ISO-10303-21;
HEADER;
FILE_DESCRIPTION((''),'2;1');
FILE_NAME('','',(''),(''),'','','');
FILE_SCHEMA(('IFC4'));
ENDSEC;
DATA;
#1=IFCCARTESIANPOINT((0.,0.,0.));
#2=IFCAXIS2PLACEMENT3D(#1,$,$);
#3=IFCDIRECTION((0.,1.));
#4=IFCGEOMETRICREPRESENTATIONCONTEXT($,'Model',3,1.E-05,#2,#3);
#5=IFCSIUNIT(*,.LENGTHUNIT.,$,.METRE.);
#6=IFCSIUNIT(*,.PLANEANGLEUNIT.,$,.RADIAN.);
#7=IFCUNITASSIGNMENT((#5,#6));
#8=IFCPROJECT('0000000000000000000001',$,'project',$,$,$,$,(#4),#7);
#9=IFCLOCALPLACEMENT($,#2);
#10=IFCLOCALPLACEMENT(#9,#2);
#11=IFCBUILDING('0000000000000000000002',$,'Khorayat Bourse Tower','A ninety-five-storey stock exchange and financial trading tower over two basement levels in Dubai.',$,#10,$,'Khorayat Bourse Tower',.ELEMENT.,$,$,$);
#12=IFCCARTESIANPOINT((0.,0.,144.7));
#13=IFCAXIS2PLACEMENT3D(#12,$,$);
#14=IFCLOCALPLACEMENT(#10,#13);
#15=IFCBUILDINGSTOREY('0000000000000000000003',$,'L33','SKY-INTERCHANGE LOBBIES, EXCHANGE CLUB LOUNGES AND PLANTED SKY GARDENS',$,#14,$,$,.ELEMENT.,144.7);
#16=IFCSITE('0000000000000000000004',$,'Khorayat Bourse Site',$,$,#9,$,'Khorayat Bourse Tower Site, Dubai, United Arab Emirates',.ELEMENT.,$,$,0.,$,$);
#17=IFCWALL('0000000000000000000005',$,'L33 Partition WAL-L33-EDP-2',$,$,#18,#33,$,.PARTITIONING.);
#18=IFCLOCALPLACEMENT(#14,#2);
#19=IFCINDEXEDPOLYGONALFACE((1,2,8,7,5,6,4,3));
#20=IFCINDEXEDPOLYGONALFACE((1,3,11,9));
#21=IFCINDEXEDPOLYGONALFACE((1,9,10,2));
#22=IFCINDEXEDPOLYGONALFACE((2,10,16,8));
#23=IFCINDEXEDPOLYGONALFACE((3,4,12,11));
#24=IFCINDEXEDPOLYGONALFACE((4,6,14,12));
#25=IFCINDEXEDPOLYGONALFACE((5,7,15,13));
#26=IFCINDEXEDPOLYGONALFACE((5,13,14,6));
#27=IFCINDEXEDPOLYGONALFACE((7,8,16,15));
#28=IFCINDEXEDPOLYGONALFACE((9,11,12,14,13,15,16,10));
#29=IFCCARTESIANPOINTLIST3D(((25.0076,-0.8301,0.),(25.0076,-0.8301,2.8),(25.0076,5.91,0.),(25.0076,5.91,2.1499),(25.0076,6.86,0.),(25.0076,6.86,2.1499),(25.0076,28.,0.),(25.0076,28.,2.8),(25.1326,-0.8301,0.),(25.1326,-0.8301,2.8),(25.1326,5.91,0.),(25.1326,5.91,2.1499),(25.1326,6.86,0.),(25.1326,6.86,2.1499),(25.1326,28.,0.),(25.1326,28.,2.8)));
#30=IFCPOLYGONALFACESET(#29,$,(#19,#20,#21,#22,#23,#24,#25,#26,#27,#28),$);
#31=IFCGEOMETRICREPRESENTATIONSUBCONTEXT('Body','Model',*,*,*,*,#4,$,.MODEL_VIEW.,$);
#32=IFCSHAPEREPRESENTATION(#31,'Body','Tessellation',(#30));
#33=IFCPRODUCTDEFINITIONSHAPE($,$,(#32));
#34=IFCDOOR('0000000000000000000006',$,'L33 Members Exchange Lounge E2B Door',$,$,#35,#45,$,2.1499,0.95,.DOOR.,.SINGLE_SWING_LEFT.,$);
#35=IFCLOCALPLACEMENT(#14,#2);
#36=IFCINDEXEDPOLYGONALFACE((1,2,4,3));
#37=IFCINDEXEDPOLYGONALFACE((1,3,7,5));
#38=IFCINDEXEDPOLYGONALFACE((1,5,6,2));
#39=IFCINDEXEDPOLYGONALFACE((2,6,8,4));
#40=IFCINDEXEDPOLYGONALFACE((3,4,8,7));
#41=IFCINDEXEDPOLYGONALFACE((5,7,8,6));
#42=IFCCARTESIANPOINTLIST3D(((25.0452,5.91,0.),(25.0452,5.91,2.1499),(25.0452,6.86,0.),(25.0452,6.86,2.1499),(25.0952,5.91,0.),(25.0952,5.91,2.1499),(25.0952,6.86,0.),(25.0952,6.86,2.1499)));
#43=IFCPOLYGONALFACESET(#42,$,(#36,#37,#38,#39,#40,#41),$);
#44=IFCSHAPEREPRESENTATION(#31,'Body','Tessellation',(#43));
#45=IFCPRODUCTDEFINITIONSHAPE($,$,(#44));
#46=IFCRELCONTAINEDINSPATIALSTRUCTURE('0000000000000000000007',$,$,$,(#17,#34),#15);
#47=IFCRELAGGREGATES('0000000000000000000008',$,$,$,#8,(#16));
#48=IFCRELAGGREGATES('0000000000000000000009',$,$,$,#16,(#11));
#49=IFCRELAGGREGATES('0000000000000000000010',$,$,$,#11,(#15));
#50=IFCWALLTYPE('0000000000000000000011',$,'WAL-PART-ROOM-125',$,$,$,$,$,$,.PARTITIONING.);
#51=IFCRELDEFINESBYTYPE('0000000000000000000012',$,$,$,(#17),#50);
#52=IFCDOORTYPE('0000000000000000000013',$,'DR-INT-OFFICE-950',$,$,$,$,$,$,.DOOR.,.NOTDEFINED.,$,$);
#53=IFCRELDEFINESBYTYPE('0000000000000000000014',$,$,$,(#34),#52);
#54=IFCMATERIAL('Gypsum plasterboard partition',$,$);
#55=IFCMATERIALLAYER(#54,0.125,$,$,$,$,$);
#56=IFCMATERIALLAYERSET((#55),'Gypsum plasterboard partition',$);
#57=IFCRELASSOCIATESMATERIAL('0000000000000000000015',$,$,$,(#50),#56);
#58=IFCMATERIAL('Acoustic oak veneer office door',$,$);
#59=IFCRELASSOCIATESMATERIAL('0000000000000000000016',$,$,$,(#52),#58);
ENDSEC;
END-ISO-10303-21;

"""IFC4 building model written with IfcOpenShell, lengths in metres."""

from ifc_helpers import new_model, si_unit, direction, frame, frame_2d, origin, place, context, subcontext, project, spatial, rectangle, extrude, source, transform, mapped, material, layer, layer_set, type_object, element, fill, save


model = new_model("IFC4")

# Units and contexts
model_context = context("Model", 3, precision=1e-05, world=origin(), true_north=direction((0.0, 1.0)))
body_context = subcontext(model_context, "Body", "Model", "MODEL_VIEW")
ifc_project = project(units=[si_unit("LENGTHUNIT", "METRE"), si_unit("PLANEANGLEUNIT", "RADIAN")], contexts=[model_context])

# Site, building, storey
site_placement = place(None, origin())
site = spatial("IfcSite", under=ifc_project, at=site_placement, Name="Khorayat Bourse Site", LongName="Khorayat Bourse Tower Site, Dubai, United Arab Emirates", CompositionType="ELEMENT", RefElevation=0.0)
building_placement = place(site_placement, origin())
building = spatial("IfcBuilding", under=site, at=building_placement, Name="Khorayat Bourse Tower", Description="A ninety-five-storey stock exchange and financial trading tower over two basement levels in Dubai.", LongName="Khorayat Bourse Tower", CompositionType="ELEMENT")
storey_placement = place(building_placement, frame((0.0, 0.0, 144.7)))
storey = spatial("IfcBuildingStorey", under=building, at=storey_placement, Name="L33", Description="SKY-INTERCHANGE LOBBIES, EXCHANGE CLUB LOUNGES AND PLANTED SKY GARDENS", CompositionType="ELEMENT", Elevation=144.7)

# Shared definitions
ifc_material_1 = material(Name="Gypsum plasterboard partition")
ifc_layer_1 = layer(ifc_material_1, 0.125)
ifc_layer_set_1 = layer_set([ifc_layer_1], Name="Gypsum plasterboard partition")
wall_type_1 = type_object("IfcWallType", Name="WAL-PART-ROOM-125", PredefinedType="PARTITIONING", material=ifc_layer_set_1)

# Wall, opening, door
shared_shape_1 = source(origin(), body_context, "Body", "SweptSolid", [
    extrude(rectangle(XDim=28.8301, YDim=0.125, at=frame_2d((14.415, 0.0))), origin(), (0.0, 0.0, 1.0), 2.8),
])
wall_1_placement = place(storey_placement, frame((25.0701, -0.8301, 0.0), z_axis=(0.0, 0.0, 1.0), x_axis=(0.0, 1.0, 0.0)))
wall_1 = element("IfcWall", 1, at=wall_1_placement, inside=storey, type_object=wall_type_1, Name="L33 Partition WAL-L33-EDP-2", PredefinedType="PARTITIONING", context=body_context, shape_type="MappedRepresentation", body=[
    mapped(shared_shape_1, transform((0.0, 0.0, 0.0), scale=1.0)),
])
shared_shape_2 = source(origin(), body_context, "Body", "SweptSolid", [
    extrude(rectangle(XDim=0.95, YDim=2.1499, at=frame_2d((0.4751, 1.075))), frame((0.0, 0.0725, 0.0), z_axis=(0.0, -1.0, 0.0), x_axis=(1.0, 0.0, 0.0)), (0.0, 0.0, 1.0), 0.145),
])
opening_1_placement = place(wall_1_placement, frame((6.74, 0.0, 0.0)))
opening_1 = element("IfcOpeningElement", 2, at=opening_1_placement, cuts=wall_1, PredefinedType="OPENING", context=body_context, shape_type="MappedRepresentation", body=[
    mapped(shared_shape_2, transform((0.0, 0.0, 0.0), scale=1.0)),
])
ifc_material_2 = material(Name="Acoustic oak veneer office door")
door_type_1 = type_object("IfcDoorType", Name="DR-INT-OFFICE-950", OperationType="NOTDEFINED", PredefinedType="DOOR", material=ifc_material_2)
shared_shape_3 = source(origin(), body_context, "Body", "SweptSolid", [
    extrude(rectangle(XDim=0.95, YDim=2.1499, at=frame_2d((0.4751, 1.075))), frame((0.0, 0.0249, 0.0), z_axis=(0.0, -1.0, 0.0), x_axis=(1.0, 0.0, 0.0)), (0.0, 0.0, 1.0), 0.05),
])
door_1_placement = place(opening_1_placement, origin())
door_1 = element("IfcDoor", 3, at=door_1_placement, inside=storey, type_object=door_type_1, Name="L33 Members Exchange Lounge E2B Door", OperationType="SINGLE_SWING_LEFT", OverallHeight=2.1499, OverallWidth=0.95, PredefinedType="DOOR", context=body_context, shape_type="MappedRepresentation", body=[
    mapped(shared_shape_3, transform((0.0, 0.0, 0.0), scale=1.0)),
])
fill(opening_1, door_1)

save(model, "model.ifc")
